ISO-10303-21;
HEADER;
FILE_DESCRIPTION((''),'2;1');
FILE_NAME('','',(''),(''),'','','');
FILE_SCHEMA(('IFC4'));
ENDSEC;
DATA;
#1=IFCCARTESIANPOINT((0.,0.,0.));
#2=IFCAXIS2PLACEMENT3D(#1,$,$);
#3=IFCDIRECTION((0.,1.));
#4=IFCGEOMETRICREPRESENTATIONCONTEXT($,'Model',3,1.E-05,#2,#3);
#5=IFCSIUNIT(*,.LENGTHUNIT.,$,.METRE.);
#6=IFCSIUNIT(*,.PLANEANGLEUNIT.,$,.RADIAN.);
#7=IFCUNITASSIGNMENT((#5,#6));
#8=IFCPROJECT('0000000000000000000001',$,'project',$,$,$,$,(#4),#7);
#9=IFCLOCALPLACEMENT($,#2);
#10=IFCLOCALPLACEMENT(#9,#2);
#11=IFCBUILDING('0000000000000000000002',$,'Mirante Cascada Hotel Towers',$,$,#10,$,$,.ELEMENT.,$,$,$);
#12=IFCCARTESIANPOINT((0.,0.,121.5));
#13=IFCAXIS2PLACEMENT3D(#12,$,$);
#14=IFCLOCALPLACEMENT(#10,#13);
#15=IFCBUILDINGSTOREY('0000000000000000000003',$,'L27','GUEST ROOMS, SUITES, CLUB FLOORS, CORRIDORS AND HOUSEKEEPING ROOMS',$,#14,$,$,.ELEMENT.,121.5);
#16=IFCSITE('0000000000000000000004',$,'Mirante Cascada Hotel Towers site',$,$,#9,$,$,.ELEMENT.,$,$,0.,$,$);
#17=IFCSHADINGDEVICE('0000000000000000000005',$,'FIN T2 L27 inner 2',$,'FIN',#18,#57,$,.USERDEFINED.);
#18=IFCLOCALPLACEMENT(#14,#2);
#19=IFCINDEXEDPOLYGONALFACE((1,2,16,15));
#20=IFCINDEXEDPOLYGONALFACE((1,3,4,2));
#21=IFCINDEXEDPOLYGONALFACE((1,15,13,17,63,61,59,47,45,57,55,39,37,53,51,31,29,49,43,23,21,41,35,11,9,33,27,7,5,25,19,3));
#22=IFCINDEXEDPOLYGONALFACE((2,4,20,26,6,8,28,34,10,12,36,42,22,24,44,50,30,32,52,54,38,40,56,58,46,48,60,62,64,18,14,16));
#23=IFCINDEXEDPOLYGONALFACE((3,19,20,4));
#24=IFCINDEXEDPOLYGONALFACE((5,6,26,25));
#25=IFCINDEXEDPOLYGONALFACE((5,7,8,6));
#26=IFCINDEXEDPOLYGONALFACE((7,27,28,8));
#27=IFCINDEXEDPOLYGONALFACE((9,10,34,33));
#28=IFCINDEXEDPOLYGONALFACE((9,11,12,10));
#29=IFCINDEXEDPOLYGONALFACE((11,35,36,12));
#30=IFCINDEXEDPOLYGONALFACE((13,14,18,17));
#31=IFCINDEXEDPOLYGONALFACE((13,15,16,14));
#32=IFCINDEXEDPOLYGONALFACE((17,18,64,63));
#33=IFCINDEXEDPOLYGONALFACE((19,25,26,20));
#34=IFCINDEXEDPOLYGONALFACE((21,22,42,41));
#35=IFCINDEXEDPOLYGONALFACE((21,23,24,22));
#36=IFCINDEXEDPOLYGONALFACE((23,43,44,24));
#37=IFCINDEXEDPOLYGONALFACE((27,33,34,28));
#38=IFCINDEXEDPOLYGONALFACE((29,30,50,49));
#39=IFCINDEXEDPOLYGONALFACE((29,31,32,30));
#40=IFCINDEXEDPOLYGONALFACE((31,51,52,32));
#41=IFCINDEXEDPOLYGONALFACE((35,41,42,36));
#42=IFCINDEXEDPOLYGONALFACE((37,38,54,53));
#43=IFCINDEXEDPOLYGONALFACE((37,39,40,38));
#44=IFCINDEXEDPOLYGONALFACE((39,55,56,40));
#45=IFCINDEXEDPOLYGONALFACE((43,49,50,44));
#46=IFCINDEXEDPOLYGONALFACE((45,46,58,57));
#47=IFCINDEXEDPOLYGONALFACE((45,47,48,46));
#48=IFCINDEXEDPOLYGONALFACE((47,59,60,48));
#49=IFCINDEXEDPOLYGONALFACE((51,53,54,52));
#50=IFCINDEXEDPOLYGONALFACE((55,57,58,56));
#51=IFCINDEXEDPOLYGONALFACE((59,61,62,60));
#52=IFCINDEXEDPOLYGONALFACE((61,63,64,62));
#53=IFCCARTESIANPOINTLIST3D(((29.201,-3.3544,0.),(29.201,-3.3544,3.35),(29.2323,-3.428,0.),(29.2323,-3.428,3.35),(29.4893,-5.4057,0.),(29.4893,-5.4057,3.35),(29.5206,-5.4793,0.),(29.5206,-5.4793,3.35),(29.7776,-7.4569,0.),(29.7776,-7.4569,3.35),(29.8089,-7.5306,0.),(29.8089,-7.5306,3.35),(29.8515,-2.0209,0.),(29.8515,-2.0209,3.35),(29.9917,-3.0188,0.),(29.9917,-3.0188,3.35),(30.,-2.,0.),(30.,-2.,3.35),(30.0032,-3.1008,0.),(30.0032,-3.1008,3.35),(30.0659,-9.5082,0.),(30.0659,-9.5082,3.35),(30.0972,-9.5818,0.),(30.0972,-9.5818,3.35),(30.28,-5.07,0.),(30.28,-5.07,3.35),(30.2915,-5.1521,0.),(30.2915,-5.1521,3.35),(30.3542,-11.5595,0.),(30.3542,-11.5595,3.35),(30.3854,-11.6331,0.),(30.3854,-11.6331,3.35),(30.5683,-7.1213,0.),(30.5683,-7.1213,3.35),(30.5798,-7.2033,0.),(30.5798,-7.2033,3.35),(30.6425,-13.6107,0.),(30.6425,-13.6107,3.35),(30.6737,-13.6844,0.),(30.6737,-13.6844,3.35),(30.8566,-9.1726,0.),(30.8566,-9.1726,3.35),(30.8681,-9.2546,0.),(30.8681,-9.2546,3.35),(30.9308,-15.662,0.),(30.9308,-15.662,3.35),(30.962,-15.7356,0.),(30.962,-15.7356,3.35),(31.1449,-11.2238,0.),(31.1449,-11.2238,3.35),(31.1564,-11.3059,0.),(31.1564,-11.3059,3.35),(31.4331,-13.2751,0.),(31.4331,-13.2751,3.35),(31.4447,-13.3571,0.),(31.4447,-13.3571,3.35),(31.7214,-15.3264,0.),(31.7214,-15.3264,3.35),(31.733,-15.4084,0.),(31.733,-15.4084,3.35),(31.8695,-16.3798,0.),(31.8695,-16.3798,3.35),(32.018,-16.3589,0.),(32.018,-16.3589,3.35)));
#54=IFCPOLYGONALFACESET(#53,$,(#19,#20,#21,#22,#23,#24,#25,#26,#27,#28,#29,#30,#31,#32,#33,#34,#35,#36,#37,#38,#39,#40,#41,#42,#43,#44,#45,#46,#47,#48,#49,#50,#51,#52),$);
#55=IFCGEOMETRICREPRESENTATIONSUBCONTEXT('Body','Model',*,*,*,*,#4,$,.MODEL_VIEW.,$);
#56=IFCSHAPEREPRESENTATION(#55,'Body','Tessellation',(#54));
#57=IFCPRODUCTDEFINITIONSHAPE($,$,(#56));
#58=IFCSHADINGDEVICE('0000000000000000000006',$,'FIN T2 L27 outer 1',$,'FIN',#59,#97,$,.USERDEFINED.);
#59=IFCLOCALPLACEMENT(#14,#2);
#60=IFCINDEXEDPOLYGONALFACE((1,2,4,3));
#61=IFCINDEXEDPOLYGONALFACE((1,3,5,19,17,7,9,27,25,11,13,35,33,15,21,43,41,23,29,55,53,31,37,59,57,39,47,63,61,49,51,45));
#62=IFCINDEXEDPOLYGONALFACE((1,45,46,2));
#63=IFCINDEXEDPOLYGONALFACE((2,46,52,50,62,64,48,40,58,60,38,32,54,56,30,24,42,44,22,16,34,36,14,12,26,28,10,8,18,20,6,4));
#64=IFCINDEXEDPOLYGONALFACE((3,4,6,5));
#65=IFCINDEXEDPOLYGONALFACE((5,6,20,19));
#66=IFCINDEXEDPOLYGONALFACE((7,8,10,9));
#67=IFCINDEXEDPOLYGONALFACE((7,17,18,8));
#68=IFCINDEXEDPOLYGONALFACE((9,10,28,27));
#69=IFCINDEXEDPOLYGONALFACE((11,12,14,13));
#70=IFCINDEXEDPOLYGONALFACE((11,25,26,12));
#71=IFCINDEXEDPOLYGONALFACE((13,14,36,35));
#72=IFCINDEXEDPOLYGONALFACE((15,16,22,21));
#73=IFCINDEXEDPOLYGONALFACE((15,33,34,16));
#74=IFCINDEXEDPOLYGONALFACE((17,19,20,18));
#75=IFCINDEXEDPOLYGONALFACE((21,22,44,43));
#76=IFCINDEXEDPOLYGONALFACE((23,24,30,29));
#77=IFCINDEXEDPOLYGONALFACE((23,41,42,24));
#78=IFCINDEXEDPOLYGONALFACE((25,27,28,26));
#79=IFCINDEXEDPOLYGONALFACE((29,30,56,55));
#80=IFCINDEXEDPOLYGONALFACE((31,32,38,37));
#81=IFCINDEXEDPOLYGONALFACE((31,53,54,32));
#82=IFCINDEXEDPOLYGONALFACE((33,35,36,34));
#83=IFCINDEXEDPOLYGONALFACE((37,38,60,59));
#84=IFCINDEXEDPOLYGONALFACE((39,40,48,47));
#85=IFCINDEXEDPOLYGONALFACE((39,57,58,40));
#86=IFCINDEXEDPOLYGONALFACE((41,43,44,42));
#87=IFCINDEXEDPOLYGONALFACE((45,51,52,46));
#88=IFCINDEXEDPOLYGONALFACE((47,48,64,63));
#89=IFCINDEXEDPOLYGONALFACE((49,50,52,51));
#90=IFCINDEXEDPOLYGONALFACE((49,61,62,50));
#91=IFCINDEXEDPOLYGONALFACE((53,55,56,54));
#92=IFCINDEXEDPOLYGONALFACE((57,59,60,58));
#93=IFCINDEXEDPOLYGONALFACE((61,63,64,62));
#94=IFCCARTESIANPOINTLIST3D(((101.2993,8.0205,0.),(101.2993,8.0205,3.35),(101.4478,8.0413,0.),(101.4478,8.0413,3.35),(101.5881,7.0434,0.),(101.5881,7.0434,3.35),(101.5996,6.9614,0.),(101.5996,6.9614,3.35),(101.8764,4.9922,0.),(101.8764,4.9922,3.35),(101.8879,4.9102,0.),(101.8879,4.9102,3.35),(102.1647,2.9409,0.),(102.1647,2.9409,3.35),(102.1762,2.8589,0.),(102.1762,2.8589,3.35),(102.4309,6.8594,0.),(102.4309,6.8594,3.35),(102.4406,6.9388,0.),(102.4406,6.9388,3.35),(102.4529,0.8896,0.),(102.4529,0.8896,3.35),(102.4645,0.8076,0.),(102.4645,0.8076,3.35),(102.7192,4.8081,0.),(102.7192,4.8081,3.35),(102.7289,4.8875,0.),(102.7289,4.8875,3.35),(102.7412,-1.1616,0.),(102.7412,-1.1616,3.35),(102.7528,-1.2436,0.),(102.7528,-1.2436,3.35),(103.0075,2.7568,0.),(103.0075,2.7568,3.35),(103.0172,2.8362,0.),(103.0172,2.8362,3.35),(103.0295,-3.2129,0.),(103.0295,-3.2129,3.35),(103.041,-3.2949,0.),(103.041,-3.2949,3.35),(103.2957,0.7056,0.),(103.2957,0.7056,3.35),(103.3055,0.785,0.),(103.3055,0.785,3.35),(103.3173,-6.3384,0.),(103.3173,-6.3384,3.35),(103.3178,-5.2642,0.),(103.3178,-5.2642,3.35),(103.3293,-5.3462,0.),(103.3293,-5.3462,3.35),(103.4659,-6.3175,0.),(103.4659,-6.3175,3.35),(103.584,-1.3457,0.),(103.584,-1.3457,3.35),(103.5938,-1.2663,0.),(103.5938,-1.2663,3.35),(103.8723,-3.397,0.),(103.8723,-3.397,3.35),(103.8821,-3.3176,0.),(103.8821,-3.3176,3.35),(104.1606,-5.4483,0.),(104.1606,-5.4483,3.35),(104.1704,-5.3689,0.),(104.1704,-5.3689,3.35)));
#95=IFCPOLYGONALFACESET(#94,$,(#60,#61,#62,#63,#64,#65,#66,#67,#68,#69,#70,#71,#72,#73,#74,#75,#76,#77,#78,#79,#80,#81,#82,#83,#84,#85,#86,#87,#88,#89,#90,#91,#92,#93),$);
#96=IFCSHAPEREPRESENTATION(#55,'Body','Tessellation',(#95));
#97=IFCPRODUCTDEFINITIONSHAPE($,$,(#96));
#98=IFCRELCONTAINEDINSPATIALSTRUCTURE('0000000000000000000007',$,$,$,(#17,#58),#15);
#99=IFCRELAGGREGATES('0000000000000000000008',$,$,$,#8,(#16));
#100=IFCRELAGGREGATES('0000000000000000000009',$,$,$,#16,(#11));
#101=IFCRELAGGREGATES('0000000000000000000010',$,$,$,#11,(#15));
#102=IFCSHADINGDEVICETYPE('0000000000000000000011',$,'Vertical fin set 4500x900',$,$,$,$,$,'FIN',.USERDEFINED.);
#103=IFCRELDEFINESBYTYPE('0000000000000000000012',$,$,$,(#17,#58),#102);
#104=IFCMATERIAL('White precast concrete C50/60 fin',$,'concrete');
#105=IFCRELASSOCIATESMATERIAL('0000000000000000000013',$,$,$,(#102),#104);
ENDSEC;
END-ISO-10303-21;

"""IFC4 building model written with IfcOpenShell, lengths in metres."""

from ifc_helpers import new_model, si_unit, direction, frame, origin, place, context, subcontext, project, spatial, polyline, outline, extrude, material, type_object, element, save


model = new_model("IFC4")

# Units and contexts
model_context = context("Model", 3, precision=1e-05, world=origin(), true_north=direction((0.0, 1.0)))
body_context = subcontext(model_context, "Body", "Model", "MODEL_VIEW")
ifc_project = project(units=[si_unit("LENGTHUNIT", "METRE"), si_unit("PLANEANGLEUNIT", "RADIAN")], contexts=[model_context])

# Site, building, storey
site_placement = place(None, origin())
site = spatial("IfcSite", under=ifc_project, at=site_placement, Name="Mirante Cascada Hotel Towers site", CompositionType="ELEMENT", RefElevation=0.0)
building_placement = place(site_placement, origin())
building = spatial("IfcBuilding", under=site, at=building_placement, Name="Mirante Cascada Hotel Towers", CompositionType="ELEMENT")
storey_placement = place(building_placement, frame((0.0, 0.0, 121.5)))
storey = spatial("IfcBuildingStorey", under=building, at=storey_placement, Name="L27", Description="GUEST ROOMS, SUITES, CLUB FLOORS, CORRIDORS AND HOUSEKEEPING ROOMS", CompositionType="ELEMENT", Elevation=121.5)

# Shading devices
ifc_material_1 = material(Name="White precast concrete C50/60 fin", Category="concrete")
shading_device_type = type_object("IfcShadingDeviceType", Name="Vertical fin set 4500x900", ElementType="FIN", PredefinedType="USERDEFINED", material=ifc_material_1)
shading_device_1_placement = place(storey_placement, origin())
element("IfcShadingDevice", 1, at=shading_device_1_placement, inside=storey, type_object=shading_device_type, Name="FIN T2 L27 inner 2", ObjectType="FIN", PredefinedType="USERDEFINED", context=body_context, shape_type="SweptSolid", body=[
    extrude(outline(polyline([(30.9308, -15.662), (31.7214, -15.3264), (31.4447, -13.3571), (30.6737, -13.6844), (30.6425, -13.6107), (31.4331, -13.2751), (31.1564, -11.3059), (30.3854, -11.6331), (30.3542, -11.5595), (31.1449, -11.2238), (30.8681, -9.2546), (30.0972, -9.5818), (30.0659, -9.5082), (30.8566, -9.1726), (30.5798, -7.2033), (29.8089, -7.5306), (29.7776, -7.4569), (30.5683, -7.1213), (30.2915, -5.1521), (29.5206, -5.4793), (29.4893, -5.4057), (30.28, -5.07), (30.0032, -3.1008), (29.2323, -3.428), (29.201, -3.3544), (29.9917, -3.0188), (29.8515, -2.0209), (30.0, -2.0), (32.018, -16.3589), (31.8695, -16.3798), (31.733, -15.4084), (30.962, -15.7356), (30.9308, -15.662)])), origin(), (0.0, 0.0, 1.0), 3.35),
])
shading_device_2_placement = place(storey_placement, origin())
element("IfcShadingDevice", 2, at=shading_device_2_placement, inside=storey, type_object=shading_device_type, Name="FIN T2 L27 outer 1", ObjectType="FIN", PredefinedType="USERDEFINED", context=body_context, shape_type="SweptSolid", body=[
    extrude(outline(polyline([(104.1606, -5.4483), (103.3293, -5.3462), (103.4659, -6.3175), (103.3173, -6.3384), (101.2993, 8.0205), (101.4478, 8.0413), (101.5881, 7.0434), (102.4406, 6.9388), (102.4309, 6.8594), (101.5996, 6.9614), (101.8764, 4.9922), (102.7289, 4.8875), (102.7192, 4.8081), (101.8879, 4.9102), (102.1647, 2.9409), (103.0172, 2.8362), (103.0075, 2.7568), (102.1762, 2.8589), (102.4529, 0.8896), (103.3055, 0.785), (103.2957, 0.7056), (102.4645, 0.8076), (102.7412, -1.1616), (103.5938, -1.2663), (103.584, -1.3457), (102.7528, -1.2436), (103.0295, -3.2129), (103.8821, -3.3176), (103.8723, -3.397), (103.041, -3.2949), (103.3178, -5.2642), (104.1704, -5.3689), (104.1606, -5.4483)])), origin(), (0.0, 0.0, 1.0), 3.35),
])

save(model, "model.ifc")
